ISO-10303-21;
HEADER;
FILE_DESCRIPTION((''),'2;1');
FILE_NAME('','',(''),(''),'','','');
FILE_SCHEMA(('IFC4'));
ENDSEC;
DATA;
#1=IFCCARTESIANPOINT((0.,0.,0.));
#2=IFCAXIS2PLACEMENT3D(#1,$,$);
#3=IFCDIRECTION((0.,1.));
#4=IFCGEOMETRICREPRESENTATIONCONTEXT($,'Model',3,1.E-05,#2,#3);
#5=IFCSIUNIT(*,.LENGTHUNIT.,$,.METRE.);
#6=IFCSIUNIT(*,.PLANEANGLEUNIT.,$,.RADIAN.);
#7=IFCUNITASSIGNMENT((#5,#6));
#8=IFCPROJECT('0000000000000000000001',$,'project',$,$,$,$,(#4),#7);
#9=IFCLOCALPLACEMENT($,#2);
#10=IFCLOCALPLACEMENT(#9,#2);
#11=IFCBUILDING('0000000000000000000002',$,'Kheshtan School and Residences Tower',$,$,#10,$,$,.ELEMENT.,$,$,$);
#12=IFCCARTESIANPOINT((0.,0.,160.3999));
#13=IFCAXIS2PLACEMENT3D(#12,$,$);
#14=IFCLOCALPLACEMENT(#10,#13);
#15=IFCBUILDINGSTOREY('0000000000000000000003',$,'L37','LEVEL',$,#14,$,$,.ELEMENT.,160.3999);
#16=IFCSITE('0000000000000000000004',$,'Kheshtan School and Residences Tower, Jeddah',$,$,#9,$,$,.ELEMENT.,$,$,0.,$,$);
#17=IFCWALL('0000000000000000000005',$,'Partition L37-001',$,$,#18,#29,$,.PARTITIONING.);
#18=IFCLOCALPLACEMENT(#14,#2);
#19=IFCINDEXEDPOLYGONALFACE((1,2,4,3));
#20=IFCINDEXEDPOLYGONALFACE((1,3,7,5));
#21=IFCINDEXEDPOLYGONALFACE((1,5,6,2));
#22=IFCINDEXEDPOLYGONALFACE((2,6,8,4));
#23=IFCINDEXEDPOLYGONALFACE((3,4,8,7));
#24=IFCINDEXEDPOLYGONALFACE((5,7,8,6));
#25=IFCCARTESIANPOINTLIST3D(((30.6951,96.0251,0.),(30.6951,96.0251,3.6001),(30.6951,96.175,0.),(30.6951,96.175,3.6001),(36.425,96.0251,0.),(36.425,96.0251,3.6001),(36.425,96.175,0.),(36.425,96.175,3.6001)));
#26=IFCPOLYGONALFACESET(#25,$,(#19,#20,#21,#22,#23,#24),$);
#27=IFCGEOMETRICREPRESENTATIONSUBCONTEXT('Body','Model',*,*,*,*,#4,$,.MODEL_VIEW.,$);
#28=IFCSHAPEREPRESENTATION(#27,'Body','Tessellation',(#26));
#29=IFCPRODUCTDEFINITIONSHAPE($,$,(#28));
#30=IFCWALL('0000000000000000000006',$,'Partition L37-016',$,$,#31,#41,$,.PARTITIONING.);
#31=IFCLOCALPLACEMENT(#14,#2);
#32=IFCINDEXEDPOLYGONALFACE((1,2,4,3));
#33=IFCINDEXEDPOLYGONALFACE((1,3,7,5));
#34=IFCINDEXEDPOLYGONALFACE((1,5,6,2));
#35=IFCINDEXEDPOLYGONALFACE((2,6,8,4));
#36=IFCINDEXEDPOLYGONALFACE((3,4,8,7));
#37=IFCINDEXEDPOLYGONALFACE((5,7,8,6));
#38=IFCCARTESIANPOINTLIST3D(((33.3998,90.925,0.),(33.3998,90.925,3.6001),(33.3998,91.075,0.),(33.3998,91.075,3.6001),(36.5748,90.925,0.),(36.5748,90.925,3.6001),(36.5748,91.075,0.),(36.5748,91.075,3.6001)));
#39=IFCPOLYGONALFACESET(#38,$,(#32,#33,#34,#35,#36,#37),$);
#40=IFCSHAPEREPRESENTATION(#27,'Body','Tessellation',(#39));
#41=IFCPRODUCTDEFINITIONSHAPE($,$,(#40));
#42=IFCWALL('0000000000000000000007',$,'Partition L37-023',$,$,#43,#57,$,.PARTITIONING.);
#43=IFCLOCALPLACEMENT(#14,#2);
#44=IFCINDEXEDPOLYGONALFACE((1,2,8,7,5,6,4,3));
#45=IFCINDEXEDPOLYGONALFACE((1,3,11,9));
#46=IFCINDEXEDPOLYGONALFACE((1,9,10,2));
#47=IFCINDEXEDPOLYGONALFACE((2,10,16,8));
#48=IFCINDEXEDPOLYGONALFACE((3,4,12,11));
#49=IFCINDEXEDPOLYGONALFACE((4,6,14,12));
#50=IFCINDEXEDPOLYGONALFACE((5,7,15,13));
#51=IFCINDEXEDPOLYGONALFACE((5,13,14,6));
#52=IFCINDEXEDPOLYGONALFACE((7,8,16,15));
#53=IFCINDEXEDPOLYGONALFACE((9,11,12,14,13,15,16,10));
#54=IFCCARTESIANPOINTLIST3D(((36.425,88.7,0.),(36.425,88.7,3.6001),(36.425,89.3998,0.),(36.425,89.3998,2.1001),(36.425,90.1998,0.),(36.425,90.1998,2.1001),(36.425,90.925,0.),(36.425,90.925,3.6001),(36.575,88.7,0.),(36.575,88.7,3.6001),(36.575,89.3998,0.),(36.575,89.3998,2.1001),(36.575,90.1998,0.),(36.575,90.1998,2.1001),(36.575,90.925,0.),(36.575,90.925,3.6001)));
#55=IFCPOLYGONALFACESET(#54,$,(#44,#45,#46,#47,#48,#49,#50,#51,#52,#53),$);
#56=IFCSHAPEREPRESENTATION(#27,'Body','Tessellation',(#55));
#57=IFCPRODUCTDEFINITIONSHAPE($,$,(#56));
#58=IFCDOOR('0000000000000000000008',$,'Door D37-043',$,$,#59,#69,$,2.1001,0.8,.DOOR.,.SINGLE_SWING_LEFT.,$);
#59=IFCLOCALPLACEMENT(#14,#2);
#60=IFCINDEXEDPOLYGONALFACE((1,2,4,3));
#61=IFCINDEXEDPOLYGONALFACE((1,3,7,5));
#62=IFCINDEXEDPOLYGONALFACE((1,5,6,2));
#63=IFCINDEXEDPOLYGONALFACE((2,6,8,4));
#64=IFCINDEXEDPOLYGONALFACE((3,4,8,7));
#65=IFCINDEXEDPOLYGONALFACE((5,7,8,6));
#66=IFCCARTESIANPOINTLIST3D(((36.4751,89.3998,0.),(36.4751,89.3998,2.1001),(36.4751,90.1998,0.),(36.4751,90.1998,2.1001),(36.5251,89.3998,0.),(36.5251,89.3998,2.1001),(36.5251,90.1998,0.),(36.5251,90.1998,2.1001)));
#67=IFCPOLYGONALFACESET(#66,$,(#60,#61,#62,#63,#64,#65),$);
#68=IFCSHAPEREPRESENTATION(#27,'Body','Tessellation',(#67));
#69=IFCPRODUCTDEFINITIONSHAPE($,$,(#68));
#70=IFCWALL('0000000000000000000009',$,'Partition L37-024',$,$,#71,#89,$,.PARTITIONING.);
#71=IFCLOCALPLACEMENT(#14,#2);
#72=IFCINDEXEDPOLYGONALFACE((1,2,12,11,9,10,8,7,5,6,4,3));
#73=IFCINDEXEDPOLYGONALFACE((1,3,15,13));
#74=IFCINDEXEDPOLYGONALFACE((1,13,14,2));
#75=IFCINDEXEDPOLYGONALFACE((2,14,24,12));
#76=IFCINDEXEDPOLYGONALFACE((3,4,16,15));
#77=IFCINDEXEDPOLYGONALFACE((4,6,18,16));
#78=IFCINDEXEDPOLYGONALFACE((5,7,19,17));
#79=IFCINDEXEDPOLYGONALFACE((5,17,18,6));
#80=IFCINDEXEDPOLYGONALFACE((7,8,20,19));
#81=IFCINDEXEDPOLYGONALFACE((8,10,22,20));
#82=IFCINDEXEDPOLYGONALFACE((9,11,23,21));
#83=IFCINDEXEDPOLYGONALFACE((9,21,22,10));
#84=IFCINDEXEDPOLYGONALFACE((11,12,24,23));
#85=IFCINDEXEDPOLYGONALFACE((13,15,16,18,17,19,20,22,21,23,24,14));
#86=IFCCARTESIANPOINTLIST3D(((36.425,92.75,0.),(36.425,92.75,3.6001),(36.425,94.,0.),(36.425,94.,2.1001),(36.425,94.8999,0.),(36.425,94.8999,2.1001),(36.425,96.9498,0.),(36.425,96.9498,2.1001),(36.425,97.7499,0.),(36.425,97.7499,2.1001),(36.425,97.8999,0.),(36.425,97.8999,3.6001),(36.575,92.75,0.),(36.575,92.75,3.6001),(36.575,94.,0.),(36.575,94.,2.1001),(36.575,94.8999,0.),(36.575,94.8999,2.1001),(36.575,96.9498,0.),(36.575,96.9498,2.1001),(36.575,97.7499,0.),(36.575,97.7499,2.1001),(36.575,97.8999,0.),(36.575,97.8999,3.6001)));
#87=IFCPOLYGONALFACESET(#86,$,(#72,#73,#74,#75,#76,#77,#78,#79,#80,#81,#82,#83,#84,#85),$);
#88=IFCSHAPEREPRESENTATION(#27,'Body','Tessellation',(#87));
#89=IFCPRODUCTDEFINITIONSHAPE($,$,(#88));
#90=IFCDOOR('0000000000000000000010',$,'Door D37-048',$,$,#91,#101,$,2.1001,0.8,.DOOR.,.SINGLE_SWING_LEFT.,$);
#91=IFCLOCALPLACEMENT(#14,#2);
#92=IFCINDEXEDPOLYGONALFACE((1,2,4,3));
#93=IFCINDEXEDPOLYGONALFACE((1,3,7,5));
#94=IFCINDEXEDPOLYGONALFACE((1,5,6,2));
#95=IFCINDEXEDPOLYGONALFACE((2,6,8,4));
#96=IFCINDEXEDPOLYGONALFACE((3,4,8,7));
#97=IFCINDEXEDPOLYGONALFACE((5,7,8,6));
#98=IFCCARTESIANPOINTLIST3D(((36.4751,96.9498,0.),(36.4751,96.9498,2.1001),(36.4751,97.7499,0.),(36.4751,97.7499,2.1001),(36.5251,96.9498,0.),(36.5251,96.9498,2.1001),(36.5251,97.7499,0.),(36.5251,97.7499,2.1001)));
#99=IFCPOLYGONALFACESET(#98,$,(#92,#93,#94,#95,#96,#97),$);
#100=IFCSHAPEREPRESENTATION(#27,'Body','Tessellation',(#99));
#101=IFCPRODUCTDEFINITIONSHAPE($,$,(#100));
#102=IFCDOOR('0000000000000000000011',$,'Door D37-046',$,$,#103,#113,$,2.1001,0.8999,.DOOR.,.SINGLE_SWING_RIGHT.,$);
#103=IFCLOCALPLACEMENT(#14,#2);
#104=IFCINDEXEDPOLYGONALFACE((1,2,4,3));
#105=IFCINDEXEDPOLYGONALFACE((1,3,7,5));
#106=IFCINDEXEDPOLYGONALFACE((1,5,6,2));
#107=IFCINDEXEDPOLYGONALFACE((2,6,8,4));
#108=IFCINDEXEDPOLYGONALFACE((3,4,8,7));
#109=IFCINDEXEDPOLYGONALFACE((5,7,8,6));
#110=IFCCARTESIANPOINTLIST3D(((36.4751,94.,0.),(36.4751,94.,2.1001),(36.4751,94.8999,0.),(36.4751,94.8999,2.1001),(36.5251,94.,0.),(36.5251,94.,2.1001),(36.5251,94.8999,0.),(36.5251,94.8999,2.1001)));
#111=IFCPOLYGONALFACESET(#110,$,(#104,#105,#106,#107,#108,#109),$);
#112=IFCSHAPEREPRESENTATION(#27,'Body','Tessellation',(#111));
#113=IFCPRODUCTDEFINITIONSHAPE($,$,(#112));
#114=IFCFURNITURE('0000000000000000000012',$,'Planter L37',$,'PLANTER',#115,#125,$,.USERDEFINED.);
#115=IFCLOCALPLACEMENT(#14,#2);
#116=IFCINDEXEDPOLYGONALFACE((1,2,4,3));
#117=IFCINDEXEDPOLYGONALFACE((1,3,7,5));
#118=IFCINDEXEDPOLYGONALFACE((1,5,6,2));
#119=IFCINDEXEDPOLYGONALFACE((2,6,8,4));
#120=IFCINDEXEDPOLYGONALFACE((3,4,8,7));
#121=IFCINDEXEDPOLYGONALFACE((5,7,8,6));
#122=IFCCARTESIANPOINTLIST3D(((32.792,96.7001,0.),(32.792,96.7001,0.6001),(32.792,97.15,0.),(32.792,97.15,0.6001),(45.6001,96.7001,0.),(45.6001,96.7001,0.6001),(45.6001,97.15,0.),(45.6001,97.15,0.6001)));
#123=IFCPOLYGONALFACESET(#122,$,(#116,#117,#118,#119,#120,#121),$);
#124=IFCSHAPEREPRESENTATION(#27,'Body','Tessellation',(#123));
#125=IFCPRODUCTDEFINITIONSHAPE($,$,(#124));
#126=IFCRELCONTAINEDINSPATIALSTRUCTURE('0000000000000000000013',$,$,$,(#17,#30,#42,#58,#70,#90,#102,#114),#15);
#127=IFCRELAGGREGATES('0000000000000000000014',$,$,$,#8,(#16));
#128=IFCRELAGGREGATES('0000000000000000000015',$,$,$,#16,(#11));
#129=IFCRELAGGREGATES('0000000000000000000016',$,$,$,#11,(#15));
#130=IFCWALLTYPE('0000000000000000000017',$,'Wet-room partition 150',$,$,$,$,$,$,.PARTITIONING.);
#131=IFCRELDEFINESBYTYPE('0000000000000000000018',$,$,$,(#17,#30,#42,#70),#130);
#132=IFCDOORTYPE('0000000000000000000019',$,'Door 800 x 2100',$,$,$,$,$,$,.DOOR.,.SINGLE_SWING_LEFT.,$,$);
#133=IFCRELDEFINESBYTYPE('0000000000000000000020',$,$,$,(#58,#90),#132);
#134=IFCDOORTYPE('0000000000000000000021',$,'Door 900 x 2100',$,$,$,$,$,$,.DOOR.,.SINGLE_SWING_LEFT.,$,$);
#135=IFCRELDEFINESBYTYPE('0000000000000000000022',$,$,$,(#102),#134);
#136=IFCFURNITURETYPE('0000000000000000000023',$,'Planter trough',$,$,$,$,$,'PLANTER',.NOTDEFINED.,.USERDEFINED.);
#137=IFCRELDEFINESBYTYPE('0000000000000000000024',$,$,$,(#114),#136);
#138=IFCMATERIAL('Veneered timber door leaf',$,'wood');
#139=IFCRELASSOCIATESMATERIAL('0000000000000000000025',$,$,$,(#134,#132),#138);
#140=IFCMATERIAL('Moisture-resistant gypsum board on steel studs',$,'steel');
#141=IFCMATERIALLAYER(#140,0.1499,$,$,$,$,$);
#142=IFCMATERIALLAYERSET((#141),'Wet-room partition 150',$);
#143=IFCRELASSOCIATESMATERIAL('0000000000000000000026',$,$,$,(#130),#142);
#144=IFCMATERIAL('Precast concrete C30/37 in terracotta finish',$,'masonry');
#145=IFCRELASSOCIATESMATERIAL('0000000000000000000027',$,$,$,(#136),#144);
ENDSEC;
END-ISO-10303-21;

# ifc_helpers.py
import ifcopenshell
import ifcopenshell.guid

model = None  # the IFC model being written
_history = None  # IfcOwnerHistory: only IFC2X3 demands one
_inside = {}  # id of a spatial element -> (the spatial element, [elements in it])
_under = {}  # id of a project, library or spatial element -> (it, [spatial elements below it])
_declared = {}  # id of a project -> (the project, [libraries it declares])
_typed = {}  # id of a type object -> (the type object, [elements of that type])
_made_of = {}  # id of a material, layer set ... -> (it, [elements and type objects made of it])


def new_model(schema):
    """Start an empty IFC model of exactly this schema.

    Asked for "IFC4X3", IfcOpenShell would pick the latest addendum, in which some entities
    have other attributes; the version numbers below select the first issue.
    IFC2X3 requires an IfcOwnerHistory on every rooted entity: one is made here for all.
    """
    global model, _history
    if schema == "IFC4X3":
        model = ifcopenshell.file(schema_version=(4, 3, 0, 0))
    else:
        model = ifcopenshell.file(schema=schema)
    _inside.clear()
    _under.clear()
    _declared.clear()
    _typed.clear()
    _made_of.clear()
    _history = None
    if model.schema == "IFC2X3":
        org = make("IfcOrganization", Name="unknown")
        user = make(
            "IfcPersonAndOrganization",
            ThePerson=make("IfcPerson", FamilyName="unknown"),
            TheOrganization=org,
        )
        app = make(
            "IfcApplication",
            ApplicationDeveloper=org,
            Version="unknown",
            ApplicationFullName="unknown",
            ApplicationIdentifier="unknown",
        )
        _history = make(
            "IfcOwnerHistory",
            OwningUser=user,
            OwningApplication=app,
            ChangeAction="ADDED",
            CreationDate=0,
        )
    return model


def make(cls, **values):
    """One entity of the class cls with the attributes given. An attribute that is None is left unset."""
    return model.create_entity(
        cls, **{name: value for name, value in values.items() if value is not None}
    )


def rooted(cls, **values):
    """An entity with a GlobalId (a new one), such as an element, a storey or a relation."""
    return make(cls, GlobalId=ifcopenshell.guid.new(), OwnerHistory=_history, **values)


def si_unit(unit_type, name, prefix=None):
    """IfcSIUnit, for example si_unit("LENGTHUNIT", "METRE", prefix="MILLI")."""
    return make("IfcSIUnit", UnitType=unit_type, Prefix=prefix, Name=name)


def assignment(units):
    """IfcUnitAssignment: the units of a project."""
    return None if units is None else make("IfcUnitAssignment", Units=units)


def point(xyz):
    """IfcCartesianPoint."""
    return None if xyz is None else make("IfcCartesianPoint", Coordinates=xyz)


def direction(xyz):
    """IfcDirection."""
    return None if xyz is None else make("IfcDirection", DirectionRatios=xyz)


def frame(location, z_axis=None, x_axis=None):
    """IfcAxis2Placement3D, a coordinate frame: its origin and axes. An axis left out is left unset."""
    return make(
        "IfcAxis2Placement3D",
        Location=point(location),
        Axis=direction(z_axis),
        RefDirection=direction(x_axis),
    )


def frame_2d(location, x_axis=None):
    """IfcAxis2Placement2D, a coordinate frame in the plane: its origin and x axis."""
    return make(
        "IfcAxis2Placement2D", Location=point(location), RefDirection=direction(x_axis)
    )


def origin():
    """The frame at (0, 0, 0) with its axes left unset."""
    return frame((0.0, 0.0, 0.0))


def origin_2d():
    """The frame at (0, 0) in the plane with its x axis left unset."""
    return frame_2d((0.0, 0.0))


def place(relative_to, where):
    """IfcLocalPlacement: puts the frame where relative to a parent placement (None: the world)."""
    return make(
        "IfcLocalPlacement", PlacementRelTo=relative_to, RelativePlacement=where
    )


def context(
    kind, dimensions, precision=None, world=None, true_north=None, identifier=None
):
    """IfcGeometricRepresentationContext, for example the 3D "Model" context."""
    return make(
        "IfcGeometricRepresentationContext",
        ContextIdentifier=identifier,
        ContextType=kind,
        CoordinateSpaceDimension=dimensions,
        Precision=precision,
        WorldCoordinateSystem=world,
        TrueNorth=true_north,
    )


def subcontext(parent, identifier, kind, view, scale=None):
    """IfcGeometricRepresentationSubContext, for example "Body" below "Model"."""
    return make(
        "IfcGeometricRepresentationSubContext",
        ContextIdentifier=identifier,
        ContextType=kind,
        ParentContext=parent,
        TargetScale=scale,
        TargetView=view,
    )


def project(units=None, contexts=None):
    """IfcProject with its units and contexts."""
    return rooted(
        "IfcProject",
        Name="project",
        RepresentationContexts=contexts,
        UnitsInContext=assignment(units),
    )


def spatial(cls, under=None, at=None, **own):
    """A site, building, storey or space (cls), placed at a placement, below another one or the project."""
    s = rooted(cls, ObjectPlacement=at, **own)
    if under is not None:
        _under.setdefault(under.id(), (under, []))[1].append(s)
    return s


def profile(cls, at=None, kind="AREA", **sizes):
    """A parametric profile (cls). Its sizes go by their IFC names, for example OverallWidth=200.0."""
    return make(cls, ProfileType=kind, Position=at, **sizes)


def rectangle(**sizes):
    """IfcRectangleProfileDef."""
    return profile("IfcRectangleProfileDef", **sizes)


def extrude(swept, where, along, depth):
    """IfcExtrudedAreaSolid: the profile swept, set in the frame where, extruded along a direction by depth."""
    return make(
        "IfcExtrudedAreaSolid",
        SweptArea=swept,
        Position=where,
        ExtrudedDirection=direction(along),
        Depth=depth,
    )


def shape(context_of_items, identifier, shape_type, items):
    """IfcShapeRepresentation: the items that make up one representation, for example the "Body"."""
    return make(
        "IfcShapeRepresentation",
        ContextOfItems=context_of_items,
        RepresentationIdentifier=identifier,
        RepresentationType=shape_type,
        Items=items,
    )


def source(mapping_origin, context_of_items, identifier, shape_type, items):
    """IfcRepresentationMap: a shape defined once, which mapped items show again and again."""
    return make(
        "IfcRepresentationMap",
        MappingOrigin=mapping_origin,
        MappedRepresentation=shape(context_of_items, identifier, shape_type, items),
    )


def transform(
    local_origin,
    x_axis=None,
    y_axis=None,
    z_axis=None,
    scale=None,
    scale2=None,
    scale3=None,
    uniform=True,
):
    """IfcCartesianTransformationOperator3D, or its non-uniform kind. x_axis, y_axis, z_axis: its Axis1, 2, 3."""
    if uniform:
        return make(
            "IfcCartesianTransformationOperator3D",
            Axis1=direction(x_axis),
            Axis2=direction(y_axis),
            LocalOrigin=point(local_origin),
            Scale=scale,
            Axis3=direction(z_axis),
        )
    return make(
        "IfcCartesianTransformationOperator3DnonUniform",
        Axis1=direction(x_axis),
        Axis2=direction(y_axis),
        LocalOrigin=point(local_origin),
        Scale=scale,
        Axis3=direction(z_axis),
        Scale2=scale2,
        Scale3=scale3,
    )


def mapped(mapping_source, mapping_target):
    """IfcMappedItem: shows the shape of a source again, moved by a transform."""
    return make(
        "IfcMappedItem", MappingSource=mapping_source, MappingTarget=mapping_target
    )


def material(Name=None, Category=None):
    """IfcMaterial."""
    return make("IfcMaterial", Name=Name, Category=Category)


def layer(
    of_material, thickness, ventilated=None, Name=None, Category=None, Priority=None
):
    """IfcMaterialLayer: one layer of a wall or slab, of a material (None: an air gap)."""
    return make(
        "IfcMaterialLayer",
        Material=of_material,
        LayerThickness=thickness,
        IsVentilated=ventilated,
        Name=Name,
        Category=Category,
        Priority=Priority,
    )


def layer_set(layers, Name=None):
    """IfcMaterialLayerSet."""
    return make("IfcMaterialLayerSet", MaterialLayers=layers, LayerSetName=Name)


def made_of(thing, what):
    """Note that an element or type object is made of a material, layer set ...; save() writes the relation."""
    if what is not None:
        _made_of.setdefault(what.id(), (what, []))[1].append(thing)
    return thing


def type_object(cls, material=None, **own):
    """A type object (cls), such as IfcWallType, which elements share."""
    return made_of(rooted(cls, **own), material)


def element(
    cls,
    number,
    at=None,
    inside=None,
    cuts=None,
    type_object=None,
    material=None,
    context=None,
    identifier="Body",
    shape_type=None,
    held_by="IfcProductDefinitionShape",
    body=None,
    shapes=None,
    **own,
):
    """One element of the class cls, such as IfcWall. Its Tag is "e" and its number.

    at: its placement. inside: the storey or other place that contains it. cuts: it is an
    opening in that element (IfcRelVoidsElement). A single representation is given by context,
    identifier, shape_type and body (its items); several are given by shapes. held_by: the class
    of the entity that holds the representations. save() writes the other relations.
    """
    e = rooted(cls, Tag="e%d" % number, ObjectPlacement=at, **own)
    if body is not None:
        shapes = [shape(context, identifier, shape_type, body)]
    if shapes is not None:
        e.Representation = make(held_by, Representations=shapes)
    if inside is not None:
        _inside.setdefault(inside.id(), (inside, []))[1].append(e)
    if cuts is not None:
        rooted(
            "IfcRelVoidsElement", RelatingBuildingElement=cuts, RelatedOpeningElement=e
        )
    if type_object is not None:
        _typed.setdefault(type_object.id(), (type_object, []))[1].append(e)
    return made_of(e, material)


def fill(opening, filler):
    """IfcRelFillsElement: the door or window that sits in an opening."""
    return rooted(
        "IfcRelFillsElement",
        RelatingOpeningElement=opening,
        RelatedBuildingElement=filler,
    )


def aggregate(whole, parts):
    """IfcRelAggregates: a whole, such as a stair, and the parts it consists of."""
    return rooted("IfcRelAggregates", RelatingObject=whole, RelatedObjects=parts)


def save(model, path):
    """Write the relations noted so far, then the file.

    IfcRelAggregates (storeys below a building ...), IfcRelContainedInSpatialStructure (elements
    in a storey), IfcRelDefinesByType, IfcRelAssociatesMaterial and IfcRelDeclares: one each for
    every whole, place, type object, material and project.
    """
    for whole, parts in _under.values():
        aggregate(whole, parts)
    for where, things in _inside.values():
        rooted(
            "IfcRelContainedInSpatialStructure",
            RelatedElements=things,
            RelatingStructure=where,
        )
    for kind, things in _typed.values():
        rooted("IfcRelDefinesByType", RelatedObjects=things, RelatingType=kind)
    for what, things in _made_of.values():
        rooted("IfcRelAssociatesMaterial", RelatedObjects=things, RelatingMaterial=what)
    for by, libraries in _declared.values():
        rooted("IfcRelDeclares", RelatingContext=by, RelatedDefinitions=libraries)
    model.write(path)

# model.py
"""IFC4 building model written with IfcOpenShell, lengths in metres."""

from ifc_helpers import new_model, si_unit, direction, frame, frame_2d, origin, origin_2d, place, context, subcontext, project, spatial, rectangle, extrude, source, transform, mapped, material, layer, layer_set, type_object, element, fill, save


model = new_model("IFC4")

# Units and contexts
model_context = context("Model", 3, precision=1e-05, world=origin(), true_north=direction((0.0, 1.0)))
body_context = subcontext(model_context, "Body", "Model", "MODEL_VIEW")
ifc_project = project(units=[si_unit("LENGTHUNIT", "METRE"), si_unit("PLANEANGLEUNIT", "RADIAN")], contexts=[model_context])

# Site, building, storey
site_placement = place(None, origin())
site = spatial("IfcSite", under=ifc_project, at=site_placement, Name="Kheshtan School and Residences Tower, Jeddah", CompositionType="ELEMENT", RefElevation=0.0)
building_placement = place(site_placement, origin())
building = spatial("IfcBuilding", under=site, at=building_placement, Name="Kheshtan School and Residences Tower", CompositionType="ELEMENT")
storey_placement = place(building_placement, frame((0.0, 0.0, 160.3999)))
storey = spatial("IfcBuildingStorey", under=building, at=storey_placement, Name="L37", Description="LEVEL", CompositionType="ELEMENT", Elevation=160.3999)

# Shared definitions
ifc_material_1 = material(Name="Veneered timber door leaf", Category="wood")
door_type_1 = type_object("IfcDoorType", Name="Door 900 x 2100", OperationType="SINGLE_SWING_LEFT", PredefinedType="DOOR", material=ifc_material_1)
shared_shape_1 = source(origin(), body_context, "Body", "SweptSolid", [
    extrude(rectangle(XDim=0.8999, YDim=2.1001, at=frame_2d((0.45, 1.05))), frame((0.0, 0.0249, 0.0), z_axis=(0.0, -1.0, 0.0), x_axis=(1.0, 0.0, 0.0)), (0.0, 0.0, 1.0), 0.05),
])

# Walls
ifc_material_2 = material(Name="Moisture-resistant gypsum board on steel studs", Category="steel")
ifc_layer_1 = layer(ifc_material_2, 0.1499)
ifc_layer_set_1 = layer_set([ifc_layer_1], Name="Wet-room partition 150")
wall_type_1 = type_object("IfcWallType", Name="Wet-room partition 150", PredefinedType="PARTITIONING", material=ifc_layer_set_1)
wall_1_placement = place(storey_placement, frame((30.6951, 96.1001, 0.0), z_axis=(0.0, 0.0, 1.0), x_axis=(1.0, 0.0, 0.0)))
element("IfcWall", 1, at=wall_1_placement, inside=storey, type_object=wall_type_1, Name="Partition L37-001", PredefinedType="PARTITIONING", context=body_context, shape_type="SweptSolid", body=[
    extrude(rectangle(XDim=5.73, YDim=0.1499, at=frame_2d((2.865, 0.0))), origin(), (0.0, 0.0, 1.0), 3.6001),
])
wall_2_placement = place(storey_placement, frame((33.3999, 91.0, 0.0), z_axis=(0.0, 0.0, 1.0), x_axis=(1.0, 0.0, 0.0)))
element("IfcWall", 2, at=wall_2_placement, inside=storey, type_object=wall_type_1, Name="Partition L37-016", PredefinedType="PARTITIONING", context=body_context, shape_type="SweptSolid", body=[
    extrude(rectangle(XDim=3.175, YDim=0.1499, at=frame_2d((1.5874, 0.0))), origin(), (0.0, 0.0, 1.0), 3.6001),
])

# Wall, opening, door
wall_3_placement = place(storey_placement, frame((36.5, 88.7, 0.0), z_axis=(0.0, 0.0, 1.0), x_axis=(0.0, 1.0, 0.0)))
wall_3 = element("IfcWall", 3, at=wall_3_placement, inside=storey, type_object=wall_type_1, Name="Partition L37-023", PredefinedType="PARTITIONING", context=body_context, shape_type="SweptSolid", body=[
    extrude(rectangle(XDim=2.2251, YDim=0.1499, at=frame_2d((1.1125, 0.0))), origin(), (0.0, 0.0, 1.0), 3.6001),
])
opening_1_placement = place(wall_3_placement, frame((0.7, 0.0, 0.0)))
opening_1 = element("IfcOpeningElement", 4, at=opening_1_placement, cuts=wall_3, PredefinedType="OPENING", context=body_context, shape_type="SweptSolid", body=[
    extrude(rectangle(XDim=0.8, YDim=2.1001, at=frame_2d((0.3999, 1.05))), frame((0.0, 0.085, 0.0), z_axis=(0.0, -1.0, 0.0), x_axis=(1.0, 0.0, 0.0)), (0.0, 0.0, 1.0), 0.1699),
])
door_type_2 = type_object("IfcDoorType", Name="Door 800 x 2100", OperationType="SINGLE_SWING_LEFT", PredefinedType="DOOR", material=ifc_material_1)
shared_shape_2 = source(origin(), body_context, "Body", "SweptSolid", [
    extrude(rectangle(XDim=0.8, YDim=2.1001, at=frame_2d((0.3999, 1.05))), frame((0.0, 0.0249, 0.0), z_axis=(0.0, -1.0, 0.0), x_axis=(1.0, 0.0, 0.0)), (0.0, 0.0, 1.0), 0.05),
])
door_1_placement = place(opening_1_placement, origin())
door_1 = element("IfcDoor", 5, at=door_1_placement, inside=storey, type_object=door_type_2, Name="Door D37-043", OperationType="SINGLE_SWING_LEFT", OverallHeight=2.1001, OverallWidth=0.8, PredefinedType="DOOR", context=body_context, shape_type="MappedRepresentation", body=[
    mapped(shared_shape_2, transform((0.0, 0.0, 0.0), x_axis=(1.0, 0.0, 0.0), y_axis=(0.0, 1.0, 0.0), z_axis=(0.0, 0.0, 1.0), scale=1.0)),
])
fill(opening_1, door_1)

# Wall, openings, doors
wall_4_placement = place(storey_placement, frame((36.5, 92.75, 0.0), z_axis=(0.0, 0.0, 1.0), x_axis=(0.0, 1.0, 0.0)))
wall_4 = element("IfcWall", 6, at=wall_4_placement, inside=storey, type_object=wall_type_1, Name="Partition L37-024", PredefinedType="PARTITIONING", context=body_context, shape_type="SweptSolid", body=[
    extrude(rectangle(XDim=5.1499, YDim=0.1499, at=frame_2d((2.575, 0.0))), origin(), (0.0, 0.0, 1.0), 3.6001),
])
opening_2_placement = place(wall_4_placement, frame((1.25, 0.0, 0.0)))
opening_2 = element("IfcOpeningElement", 7, at=opening_2_placement, cuts=wall_4, PredefinedType="OPENING", context=body_context, shape_type="SweptSolid", body=[
    extrude(rectangle(XDim=0.8999, YDim=2.1001, at=frame_2d((0.45, 1.05))), frame((0.0, 0.085, 0.0), z_axis=(0.0, -1.0, 0.0), x_axis=(1.0, 0.0, 0.0)), (0.0, 0.0, 1.0), 0.1699),
])
opening_3_placement = place(wall_4_placement, frame((4.2, 0.0, 0.0)))
opening_3 = element("IfcOpeningElement", 8, at=opening_3_placement, cuts=wall_4, PredefinedType="OPENING", context=body_context, shape_type="SweptSolid", body=[
    extrude(rectangle(XDim=0.8, YDim=2.1001, at=frame_2d((0.3999, 1.05))), frame((0.0, 0.085, 0.0), z_axis=(0.0, -1.0, 0.0), x_axis=(1.0, 0.0, 0.0)), (0.0, 0.0, 1.0), 0.1699),
])
door_2_placement = place(opening_3_placement, origin())
door_2 = element("IfcDoor", 9, at=door_2_placement, inside=storey, type_object=door_type_2, Name="Door D37-048", OperationType="SINGLE_SWING_LEFT", OverallHeight=2.1001, OverallWidth=0.8, PredefinedType="DOOR", context=body_context, shape_type="MappedRepresentation", body=[
    mapped(shared_shape_2, transform((0.0, 0.0, 0.0), x_axis=(1.0, 0.0, 0.0), y_axis=(0.0, 1.0, 0.0), z_axis=(0.0, 0.0, 1.0), scale=1.0)),
])
fill(opening_3, door_2)
door_3_placement = place(opening_2_placement, origin())
door_3 = element("IfcDoor", 10, at=door_3_placement, inside=storey, type_object=door_type_1, Name="Door D37-046", OperationType="SINGLE_SWING_RIGHT", OverallHeight=2.1001, OverallWidth=0.8999, PredefinedType="DOOR", context=body_context, shape_type="MappedRepresentation", body=[
    mapped(shared_shape_1, transform((0.0, 0.0, 0.0), x_axis=(1.0, 0.0, 0.0), y_axis=(0.0, 1.0, 0.0), z_axis=(0.0, 0.0, 1.0), scale=1.0)),
])
fill(opening_2, door_3)

# Furniture
ifc_material_3 = material(Name="Precast concrete C30/37 in terracotta finish", Category="masonry")
furniture_type = type_object("IfcFurnitureType", Name="Planter trough", ElementType="PLANTER", AssemblyPlace="NOTDEFINED", PredefinedType="USERDEFINED", material=ifc_material_3)
furniture_placement = place(storey_placement, frame((39.196, 96.925, 0.0), z_axis=(0.0, 0.0, 1.0), x_axis=(1.0, 0.0, 0.0)))
element("IfcFurniture", 11, at=furniture_placement, inside=storey, type_object=furniture_type, Name="Planter L37", ObjectType="PLANTER", PredefinedType="USERDEFINED", context=body_context, shape_type="SweptSolid", body=[
    extrude(rectangle(XDim=12.8081, YDim=0.45, at=origin_2d()), origin(), (0.0, 0.0, 1.0), 0.6001),
])

save(model, "model.ifc")
